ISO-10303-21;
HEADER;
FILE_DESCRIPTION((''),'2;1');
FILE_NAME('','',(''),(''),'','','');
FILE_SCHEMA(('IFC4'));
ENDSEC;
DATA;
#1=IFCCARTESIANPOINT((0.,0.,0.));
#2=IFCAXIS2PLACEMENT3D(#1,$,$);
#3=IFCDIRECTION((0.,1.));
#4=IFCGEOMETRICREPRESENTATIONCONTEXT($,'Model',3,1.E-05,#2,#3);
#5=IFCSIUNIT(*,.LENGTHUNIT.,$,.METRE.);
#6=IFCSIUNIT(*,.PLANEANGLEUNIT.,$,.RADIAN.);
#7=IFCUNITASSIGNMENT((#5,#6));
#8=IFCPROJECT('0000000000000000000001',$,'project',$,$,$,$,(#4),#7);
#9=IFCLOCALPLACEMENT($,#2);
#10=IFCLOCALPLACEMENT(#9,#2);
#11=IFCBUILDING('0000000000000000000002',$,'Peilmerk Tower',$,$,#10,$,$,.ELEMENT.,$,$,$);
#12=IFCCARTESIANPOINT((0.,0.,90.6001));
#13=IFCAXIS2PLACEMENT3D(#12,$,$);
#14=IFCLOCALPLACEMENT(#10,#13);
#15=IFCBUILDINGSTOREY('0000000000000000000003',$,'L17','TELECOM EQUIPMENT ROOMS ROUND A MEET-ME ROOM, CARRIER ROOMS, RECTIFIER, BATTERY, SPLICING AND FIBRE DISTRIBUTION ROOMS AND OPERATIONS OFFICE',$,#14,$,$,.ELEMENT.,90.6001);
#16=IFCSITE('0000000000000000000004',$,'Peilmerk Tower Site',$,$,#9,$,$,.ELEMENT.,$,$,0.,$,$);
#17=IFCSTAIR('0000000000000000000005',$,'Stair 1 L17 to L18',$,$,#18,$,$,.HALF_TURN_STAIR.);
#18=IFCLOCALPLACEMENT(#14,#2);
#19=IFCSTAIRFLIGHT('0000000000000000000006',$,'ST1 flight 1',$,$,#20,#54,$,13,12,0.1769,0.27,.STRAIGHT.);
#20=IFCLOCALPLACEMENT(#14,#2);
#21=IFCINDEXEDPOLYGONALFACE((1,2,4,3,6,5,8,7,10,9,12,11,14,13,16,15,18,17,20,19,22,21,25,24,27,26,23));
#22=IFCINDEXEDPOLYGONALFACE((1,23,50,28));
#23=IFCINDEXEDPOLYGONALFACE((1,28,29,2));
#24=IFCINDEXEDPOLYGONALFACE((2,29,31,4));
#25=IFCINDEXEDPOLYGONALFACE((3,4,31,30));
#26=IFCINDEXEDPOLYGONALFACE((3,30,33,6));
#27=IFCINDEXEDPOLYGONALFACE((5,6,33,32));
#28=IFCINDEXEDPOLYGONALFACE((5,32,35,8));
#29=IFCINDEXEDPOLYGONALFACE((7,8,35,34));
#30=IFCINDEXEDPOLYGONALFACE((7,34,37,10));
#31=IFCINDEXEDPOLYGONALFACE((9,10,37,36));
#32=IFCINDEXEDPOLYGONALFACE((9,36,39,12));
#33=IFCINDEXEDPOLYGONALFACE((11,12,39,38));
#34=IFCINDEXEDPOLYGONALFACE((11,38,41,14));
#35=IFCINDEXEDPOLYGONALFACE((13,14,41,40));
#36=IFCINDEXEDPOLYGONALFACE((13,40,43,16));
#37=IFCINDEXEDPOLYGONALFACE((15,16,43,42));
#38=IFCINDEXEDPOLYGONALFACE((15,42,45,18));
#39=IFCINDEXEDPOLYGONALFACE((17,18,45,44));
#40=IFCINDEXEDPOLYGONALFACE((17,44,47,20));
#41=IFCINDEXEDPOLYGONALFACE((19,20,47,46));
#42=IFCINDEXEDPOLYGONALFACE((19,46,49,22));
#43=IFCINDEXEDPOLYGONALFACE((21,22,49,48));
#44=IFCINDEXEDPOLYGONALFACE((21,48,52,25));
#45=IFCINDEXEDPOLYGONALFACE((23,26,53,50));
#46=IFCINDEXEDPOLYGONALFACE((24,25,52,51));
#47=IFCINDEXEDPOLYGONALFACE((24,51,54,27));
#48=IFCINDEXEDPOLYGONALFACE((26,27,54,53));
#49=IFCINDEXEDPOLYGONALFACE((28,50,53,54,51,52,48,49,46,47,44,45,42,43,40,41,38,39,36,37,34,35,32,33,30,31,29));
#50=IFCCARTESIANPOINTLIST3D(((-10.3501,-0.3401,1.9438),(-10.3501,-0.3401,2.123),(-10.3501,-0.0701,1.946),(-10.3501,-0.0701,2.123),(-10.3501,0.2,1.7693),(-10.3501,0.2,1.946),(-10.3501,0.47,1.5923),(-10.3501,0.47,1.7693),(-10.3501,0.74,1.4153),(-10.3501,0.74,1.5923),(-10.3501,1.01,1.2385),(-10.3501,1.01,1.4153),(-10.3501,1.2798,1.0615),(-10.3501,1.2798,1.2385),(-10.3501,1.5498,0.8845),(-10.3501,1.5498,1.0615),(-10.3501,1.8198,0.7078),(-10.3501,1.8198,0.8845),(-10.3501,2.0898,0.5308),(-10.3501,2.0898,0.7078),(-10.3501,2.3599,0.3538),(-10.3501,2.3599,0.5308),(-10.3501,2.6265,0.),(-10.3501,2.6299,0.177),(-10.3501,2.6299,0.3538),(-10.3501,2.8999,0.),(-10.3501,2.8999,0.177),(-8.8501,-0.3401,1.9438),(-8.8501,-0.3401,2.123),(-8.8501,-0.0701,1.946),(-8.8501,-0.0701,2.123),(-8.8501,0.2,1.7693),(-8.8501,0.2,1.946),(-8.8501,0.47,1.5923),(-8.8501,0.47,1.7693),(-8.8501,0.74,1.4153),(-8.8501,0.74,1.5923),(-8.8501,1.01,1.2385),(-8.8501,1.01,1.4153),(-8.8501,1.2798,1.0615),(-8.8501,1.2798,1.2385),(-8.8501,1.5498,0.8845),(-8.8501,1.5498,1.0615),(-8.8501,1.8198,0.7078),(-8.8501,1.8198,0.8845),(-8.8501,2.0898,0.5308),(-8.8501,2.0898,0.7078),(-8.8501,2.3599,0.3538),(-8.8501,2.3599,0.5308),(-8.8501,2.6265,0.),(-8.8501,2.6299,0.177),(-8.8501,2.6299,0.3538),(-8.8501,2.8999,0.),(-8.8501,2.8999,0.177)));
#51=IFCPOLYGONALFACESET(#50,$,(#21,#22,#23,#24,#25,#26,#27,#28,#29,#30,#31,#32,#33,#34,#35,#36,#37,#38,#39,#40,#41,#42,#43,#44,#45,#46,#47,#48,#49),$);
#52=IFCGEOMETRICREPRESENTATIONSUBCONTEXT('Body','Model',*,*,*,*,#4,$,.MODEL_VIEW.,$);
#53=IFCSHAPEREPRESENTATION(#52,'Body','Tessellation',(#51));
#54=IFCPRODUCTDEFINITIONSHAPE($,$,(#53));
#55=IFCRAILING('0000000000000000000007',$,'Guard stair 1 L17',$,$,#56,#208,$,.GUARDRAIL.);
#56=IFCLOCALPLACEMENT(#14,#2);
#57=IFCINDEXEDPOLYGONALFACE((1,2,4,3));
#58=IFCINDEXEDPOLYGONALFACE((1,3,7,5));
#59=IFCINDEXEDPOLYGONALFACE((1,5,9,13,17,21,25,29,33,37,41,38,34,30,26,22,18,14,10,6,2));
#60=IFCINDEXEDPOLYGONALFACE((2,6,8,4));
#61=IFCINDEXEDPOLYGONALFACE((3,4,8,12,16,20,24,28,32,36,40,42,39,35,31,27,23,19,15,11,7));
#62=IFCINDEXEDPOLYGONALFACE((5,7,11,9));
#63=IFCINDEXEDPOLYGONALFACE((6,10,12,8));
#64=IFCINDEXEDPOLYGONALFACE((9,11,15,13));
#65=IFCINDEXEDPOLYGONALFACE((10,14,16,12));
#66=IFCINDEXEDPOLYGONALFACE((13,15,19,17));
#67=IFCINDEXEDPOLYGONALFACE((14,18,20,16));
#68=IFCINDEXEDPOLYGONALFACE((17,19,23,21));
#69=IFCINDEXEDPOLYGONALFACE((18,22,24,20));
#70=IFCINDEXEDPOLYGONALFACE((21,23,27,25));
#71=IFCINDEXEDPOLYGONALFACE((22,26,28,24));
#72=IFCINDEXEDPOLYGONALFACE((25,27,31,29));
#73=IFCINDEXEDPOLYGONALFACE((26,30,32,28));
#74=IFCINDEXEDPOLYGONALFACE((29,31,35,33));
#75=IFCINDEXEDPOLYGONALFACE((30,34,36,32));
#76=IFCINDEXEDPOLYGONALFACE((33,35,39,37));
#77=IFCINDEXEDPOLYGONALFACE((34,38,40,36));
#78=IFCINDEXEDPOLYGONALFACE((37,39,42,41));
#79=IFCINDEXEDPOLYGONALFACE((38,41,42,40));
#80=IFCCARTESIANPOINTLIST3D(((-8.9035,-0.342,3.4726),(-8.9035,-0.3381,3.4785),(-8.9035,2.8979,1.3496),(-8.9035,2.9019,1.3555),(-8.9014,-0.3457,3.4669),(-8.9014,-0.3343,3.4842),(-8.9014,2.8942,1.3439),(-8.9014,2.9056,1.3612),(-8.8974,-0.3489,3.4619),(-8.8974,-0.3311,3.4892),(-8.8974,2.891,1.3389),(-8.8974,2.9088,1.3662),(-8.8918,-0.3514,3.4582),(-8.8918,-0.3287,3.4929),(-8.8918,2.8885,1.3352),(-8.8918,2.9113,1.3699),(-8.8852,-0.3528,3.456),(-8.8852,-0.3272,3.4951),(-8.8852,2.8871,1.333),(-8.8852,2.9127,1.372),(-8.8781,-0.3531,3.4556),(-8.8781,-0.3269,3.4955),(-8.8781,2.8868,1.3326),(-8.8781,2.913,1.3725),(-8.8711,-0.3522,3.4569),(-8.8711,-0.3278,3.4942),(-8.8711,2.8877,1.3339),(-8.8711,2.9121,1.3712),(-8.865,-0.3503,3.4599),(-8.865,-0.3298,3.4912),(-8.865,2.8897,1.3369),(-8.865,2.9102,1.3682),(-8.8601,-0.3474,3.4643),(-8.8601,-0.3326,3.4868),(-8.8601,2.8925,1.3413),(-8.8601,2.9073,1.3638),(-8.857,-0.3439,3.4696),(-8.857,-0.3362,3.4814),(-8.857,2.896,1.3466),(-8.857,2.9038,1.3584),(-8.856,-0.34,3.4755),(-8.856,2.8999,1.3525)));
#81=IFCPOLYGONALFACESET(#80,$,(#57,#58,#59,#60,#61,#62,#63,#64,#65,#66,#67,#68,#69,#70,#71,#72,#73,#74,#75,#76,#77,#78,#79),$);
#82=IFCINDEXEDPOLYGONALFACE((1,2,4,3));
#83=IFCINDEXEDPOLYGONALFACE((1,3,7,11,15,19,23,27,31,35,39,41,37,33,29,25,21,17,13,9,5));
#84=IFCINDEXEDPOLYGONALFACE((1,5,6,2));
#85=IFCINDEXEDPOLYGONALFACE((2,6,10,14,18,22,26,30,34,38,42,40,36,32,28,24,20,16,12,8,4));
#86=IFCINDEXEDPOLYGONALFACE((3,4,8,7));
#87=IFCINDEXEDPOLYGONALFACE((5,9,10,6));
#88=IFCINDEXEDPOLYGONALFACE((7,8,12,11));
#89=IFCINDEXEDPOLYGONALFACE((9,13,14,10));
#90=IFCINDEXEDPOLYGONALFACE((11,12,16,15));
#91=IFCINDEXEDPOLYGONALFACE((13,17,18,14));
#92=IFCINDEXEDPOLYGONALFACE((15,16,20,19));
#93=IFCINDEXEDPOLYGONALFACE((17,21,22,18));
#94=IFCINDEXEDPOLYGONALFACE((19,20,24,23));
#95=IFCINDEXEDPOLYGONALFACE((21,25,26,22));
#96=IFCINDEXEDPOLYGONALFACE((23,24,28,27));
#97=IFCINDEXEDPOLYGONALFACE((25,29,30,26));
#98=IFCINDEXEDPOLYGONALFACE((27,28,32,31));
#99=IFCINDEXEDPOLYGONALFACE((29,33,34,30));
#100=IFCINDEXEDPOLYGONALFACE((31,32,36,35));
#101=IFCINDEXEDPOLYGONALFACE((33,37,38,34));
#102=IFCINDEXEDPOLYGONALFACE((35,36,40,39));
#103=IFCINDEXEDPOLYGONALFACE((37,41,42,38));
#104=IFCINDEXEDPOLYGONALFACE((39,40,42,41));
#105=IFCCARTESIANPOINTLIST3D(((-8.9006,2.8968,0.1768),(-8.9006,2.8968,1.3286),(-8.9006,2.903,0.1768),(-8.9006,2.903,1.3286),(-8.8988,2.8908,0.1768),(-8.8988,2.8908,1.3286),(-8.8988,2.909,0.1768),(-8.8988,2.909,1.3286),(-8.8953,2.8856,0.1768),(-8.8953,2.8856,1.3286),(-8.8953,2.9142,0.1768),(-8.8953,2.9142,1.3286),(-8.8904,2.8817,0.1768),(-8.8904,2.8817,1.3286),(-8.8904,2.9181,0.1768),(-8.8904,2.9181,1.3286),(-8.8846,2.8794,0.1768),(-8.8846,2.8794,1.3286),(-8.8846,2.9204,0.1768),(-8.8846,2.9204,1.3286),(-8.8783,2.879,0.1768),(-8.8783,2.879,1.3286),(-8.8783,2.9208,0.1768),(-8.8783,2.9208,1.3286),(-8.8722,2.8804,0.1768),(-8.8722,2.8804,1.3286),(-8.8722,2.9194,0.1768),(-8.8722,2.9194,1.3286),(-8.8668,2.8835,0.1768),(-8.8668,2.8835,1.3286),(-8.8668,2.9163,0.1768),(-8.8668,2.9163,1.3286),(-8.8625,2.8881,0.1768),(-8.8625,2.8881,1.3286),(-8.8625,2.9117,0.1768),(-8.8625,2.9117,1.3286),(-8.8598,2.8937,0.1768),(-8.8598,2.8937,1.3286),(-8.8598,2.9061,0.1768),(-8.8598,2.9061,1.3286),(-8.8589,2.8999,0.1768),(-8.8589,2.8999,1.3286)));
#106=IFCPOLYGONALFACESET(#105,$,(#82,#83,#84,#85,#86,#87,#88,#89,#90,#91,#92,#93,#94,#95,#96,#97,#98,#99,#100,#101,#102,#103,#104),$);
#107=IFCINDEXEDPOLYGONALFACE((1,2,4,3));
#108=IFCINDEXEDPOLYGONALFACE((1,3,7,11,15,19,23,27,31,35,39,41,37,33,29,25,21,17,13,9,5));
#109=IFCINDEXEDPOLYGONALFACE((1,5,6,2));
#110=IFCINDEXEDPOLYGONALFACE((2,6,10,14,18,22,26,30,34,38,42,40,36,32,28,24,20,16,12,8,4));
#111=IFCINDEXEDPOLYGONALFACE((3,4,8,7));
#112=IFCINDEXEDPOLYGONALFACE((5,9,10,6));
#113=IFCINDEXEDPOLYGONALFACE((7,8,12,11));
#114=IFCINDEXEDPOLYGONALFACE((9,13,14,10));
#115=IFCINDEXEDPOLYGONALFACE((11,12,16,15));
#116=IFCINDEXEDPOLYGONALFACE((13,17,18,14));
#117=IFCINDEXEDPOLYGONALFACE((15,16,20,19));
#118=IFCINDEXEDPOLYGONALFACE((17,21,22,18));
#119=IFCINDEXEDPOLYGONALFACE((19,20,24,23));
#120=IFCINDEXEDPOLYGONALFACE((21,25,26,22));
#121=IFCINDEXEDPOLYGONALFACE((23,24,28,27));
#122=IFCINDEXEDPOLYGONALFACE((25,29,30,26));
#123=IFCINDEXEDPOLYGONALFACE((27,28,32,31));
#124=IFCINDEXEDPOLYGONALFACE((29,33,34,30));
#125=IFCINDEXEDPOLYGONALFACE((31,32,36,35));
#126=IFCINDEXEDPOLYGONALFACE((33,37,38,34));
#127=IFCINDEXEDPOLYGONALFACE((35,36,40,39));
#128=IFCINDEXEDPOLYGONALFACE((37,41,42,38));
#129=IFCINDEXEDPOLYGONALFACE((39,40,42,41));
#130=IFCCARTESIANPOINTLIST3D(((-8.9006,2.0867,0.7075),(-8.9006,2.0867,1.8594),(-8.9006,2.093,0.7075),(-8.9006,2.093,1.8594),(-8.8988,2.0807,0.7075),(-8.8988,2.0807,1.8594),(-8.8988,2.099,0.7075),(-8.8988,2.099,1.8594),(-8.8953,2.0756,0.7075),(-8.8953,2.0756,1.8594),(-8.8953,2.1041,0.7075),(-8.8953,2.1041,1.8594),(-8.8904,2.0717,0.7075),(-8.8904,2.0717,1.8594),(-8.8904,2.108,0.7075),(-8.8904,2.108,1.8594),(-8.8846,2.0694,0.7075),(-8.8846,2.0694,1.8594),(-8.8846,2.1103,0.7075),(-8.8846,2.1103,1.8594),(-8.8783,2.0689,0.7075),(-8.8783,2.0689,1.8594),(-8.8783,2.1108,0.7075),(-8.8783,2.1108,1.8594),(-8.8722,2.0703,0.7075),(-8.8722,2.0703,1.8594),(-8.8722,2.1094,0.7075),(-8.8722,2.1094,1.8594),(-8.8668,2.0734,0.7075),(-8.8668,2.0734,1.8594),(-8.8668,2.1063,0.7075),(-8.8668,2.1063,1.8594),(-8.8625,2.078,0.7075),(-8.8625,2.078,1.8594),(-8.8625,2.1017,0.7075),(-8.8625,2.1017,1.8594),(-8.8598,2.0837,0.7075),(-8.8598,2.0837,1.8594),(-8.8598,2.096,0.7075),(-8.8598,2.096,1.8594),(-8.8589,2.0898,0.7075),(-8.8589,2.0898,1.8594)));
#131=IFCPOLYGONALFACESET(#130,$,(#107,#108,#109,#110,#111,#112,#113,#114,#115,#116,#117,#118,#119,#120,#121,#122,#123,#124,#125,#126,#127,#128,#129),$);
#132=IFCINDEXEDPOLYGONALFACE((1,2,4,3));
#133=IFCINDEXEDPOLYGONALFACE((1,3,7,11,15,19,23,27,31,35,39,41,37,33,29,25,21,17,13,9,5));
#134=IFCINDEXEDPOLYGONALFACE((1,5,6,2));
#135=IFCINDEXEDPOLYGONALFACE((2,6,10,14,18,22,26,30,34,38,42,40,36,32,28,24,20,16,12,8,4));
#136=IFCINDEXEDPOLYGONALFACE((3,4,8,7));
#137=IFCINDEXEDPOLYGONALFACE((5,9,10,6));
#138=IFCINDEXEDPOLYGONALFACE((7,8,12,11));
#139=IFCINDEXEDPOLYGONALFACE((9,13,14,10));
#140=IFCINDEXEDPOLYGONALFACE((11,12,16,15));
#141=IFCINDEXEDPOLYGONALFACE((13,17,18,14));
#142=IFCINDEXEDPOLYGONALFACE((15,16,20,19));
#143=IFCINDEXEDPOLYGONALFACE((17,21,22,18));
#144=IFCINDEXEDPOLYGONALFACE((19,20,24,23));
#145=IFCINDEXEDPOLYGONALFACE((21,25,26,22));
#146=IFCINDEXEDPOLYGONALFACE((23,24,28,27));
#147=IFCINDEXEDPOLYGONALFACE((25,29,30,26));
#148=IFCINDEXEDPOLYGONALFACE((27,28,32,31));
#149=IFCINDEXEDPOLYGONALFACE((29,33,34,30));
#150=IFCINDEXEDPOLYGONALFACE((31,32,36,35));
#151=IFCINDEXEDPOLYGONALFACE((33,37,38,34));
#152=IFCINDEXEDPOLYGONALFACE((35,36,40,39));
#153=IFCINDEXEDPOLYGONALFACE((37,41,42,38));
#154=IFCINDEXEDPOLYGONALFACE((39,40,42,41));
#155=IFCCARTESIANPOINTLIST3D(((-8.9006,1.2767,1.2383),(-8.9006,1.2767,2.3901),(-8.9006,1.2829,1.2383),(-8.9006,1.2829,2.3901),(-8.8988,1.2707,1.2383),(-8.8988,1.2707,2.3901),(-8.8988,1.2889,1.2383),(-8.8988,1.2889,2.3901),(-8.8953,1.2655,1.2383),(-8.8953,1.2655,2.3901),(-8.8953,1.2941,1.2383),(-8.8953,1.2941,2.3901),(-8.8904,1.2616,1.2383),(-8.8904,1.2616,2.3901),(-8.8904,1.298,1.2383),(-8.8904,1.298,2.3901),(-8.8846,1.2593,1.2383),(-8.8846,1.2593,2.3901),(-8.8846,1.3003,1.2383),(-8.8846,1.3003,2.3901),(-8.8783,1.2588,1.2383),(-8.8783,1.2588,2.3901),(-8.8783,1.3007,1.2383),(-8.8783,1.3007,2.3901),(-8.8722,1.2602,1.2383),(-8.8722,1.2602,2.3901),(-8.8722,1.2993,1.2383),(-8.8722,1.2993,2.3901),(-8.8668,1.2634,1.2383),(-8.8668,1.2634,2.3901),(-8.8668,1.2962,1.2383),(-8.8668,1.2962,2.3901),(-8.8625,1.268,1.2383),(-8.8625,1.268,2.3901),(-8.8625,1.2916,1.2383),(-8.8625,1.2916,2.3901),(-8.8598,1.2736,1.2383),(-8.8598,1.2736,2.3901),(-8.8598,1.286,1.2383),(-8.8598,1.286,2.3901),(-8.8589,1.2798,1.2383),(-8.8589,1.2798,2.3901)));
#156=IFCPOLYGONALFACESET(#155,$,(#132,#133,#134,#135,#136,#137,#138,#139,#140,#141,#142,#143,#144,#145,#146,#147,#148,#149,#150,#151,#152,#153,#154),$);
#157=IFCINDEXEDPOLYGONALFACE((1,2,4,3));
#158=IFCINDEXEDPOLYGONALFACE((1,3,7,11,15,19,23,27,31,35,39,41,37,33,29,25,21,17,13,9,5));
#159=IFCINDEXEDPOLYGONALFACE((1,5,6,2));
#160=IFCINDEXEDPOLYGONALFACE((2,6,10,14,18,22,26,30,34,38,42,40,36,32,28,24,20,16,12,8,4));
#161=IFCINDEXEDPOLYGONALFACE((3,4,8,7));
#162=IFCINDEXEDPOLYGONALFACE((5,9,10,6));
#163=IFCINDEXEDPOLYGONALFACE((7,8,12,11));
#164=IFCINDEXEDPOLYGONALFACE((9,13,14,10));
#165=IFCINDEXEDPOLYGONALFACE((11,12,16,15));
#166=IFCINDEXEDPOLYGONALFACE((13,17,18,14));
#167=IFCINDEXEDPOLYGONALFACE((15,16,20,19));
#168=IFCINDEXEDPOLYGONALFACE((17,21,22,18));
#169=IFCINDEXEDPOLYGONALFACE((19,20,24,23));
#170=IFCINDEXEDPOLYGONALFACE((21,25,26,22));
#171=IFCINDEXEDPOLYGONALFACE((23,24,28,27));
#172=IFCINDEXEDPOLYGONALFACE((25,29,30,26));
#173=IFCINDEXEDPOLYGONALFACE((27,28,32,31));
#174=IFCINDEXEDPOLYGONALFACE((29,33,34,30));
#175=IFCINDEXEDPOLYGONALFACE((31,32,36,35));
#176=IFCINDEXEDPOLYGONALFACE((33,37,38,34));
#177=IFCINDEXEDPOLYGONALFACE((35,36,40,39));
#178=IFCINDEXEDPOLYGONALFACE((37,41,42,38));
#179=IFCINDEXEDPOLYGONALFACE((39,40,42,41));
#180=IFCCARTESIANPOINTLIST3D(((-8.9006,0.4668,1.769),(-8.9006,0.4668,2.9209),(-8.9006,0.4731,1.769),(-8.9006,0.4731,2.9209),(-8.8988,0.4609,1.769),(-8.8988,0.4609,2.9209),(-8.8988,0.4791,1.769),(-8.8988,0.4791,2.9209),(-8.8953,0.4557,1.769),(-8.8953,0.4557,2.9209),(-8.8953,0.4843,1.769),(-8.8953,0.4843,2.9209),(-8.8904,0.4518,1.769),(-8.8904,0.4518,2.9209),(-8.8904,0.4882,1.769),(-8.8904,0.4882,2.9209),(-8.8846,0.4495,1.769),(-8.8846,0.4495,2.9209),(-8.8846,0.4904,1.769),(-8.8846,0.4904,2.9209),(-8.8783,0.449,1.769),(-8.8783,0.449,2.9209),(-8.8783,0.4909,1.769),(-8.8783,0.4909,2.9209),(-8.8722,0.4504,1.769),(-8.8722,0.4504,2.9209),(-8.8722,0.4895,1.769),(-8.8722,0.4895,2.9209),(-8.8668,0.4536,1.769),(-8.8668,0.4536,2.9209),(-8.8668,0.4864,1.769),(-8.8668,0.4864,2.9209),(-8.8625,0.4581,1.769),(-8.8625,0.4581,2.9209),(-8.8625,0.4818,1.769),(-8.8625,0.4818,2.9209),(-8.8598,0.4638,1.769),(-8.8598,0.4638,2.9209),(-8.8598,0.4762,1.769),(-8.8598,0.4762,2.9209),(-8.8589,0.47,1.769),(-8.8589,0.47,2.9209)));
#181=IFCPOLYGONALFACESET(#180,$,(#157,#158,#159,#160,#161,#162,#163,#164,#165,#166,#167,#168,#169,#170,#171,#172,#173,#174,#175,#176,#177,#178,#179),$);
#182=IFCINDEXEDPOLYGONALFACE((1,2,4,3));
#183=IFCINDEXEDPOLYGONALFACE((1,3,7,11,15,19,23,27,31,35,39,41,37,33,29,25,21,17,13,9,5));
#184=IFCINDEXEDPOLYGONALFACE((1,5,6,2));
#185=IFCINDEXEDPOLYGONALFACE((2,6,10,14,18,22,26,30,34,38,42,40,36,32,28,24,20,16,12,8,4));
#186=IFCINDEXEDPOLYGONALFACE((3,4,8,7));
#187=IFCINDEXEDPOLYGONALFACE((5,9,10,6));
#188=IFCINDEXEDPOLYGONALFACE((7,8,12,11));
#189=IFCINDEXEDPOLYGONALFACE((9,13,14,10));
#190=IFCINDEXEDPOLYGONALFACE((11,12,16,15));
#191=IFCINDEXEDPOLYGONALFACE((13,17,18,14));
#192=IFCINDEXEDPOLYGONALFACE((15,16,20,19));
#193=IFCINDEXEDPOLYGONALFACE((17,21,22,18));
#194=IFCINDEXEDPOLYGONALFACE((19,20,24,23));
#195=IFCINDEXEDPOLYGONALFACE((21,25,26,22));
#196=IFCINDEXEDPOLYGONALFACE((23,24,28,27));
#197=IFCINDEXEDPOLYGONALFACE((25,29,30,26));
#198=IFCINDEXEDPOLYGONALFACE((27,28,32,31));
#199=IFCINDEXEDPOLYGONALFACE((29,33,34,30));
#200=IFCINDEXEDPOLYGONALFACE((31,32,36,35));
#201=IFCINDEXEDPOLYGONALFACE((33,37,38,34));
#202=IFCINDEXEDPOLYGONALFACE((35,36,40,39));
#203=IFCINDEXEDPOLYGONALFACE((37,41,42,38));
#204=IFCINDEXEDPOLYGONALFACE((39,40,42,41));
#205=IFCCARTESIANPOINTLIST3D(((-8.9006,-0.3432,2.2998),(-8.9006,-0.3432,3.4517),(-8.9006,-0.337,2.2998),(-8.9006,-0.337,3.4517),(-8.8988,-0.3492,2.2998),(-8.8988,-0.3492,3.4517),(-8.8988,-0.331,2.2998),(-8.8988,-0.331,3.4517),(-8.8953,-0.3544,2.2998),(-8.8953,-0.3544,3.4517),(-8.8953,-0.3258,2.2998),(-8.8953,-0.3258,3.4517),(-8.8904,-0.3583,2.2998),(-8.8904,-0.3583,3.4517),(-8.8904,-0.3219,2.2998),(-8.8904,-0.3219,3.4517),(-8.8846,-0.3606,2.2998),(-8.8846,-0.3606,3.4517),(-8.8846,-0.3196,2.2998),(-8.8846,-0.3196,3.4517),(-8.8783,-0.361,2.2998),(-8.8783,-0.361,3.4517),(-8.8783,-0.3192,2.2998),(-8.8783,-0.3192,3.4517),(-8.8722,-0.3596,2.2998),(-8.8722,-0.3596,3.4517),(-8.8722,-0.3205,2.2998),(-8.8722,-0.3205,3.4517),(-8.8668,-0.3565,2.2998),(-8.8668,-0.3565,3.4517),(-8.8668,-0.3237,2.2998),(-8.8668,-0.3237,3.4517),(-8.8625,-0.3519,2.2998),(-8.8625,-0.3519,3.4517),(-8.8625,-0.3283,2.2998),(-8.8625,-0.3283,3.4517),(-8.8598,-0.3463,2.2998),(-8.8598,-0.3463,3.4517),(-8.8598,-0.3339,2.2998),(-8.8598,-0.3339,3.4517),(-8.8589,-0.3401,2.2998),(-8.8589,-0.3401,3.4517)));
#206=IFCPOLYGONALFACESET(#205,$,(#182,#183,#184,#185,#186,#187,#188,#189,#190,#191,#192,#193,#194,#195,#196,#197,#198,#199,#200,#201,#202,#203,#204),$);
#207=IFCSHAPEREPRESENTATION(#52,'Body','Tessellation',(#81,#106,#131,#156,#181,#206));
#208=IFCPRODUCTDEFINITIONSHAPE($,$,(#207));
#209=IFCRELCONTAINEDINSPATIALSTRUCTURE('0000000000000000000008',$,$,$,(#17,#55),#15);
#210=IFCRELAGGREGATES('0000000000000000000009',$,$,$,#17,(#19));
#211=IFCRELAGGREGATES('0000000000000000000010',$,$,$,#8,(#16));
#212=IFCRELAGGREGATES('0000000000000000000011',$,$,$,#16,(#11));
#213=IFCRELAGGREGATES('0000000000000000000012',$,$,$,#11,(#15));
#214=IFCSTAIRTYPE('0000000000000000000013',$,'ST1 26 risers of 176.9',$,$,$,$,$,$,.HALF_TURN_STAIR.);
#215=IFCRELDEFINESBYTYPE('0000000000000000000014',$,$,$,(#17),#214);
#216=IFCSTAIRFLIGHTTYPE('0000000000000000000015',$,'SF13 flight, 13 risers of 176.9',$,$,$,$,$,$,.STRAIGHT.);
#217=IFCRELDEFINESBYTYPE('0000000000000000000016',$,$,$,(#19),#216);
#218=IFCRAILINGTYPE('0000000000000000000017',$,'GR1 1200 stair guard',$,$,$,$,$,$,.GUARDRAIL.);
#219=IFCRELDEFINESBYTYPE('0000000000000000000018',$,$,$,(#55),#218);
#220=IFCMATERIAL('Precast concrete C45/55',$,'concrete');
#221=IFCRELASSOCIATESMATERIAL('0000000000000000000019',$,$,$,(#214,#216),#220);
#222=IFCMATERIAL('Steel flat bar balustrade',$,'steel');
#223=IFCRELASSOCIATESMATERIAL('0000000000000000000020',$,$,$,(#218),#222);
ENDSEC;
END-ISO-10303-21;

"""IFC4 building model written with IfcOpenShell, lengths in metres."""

from ifc_helpers import new_model, si_unit, direction, frame, origin, origin_2d, place, context, subcontext, project, spatial, polyline, circle, outline, extrude, material, type_object, element, aggregate, save


model = new_model("IFC4")

# Units and contexts
model_context = context("Model", 3, precision=1e-05, world=origin(), true_north=direction((0.0, 1.0)))
body_context = subcontext(model_context, "Body", "Model", "MODEL_VIEW")
ifc_project = project(units=[si_unit("LENGTHUNIT", "METRE"), si_unit("PLANEANGLEUNIT", "RADIAN")], contexts=[model_context])

# Site, building, storey
site_placement = place(None, origin())
site = spatial("IfcSite", under=ifc_project, at=site_placement, Name="Peilmerk Tower Site", CompositionType="ELEMENT", RefElevation=0.0)
building_placement = place(site_placement, origin())
building = spatial("IfcBuilding", under=site, at=building_placement, Name="Peilmerk Tower", CompositionType="ELEMENT")
storey_placement = place(building_placement, frame((0.0, 0.0, 90.6001)))
storey = spatial("IfcBuildingStorey", under=building, at=storey_placement, Name="L17", Description="TELECOM EQUIPMENT ROOMS ROUND A MEET-ME ROOM, CARRIER ROOMS, RECTIFIER, BATTERY, SPLICING AND FIBRE DISTRIBUTION ROOMS AND OPERATIONS OFFICE", CompositionType="ELEMENT", Elevation=90.6001)

# Stair, stair flight
ifc_material_1 = material(Name="Precast concrete C45/55", Category="concrete")
stair_type = type_object("IfcStairType", Name="ST1 26 risers of 176.9", PredefinedType="HALF_TURN_STAIR", material=ifc_material_1)
stair_placement = place(storey_placement, origin())
stair = element("IfcStair", 1, at=stair_placement, inside=storey, type_object=stair_type, Name="Stair 1 L17 to L18", PredefinedType="HALF_TURN_STAIR")
stair_flight_type = type_object("IfcStairFlightType", Name="SF13 flight, 13 risers of 176.9", PredefinedType="STRAIGHT", material=ifc_material_1)
stair_flight_placement = place(storey_placement, frame((-9.6001, 2.8999, 0.0), z_axis=(0.0, 0.0, 1.0), x_axis=(0.0, -1.0, 0.0)))
stair_flight = element("IfcStairFlight", 2, at=stair_flight_placement, type_object=stair_flight_type, Name="ST1 flight 1", NumberOfRisers=13, NumberOfTreads=12, PredefinedType="STRAIGHT", RiserHeight=0.1769, TreadLength=0.27, context=body_context, shape_type="SweptSolid", body=[
    extrude(outline(polyline([(0.0, 0.0), (0.0, 0.177), (0.27, 0.177), (0.27, 0.3538), (0.54, 0.3538), (0.54, 0.5308), (0.8101, 0.5308), (0.8101, 0.7078), (1.0801, 0.7078), (1.0801, 0.8845), (1.3501, 0.8845), (1.3501, 1.0615), (1.6201, 1.0615), (1.6201, 1.2385), (1.8899, 1.2385), (1.8899, 1.4153), (2.1599, 1.4153), (2.1599, 1.5923), (2.4299, 1.5923), (2.4299, 1.7693), (2.7, 1.7693), (2.7, 1.946), (2.97, 1.946), (2.97, 2.123), (3.24, 2.123), (3.24, 2.3), (3.24, 1.9438), (0.2734, 0.0), (0.0, 0.0)])), frame((0.0, 0.75, 0.0), z_axis=(0.0, -1.0, 0.0), x_axis=(1.0, 0.0, 0.0)), (0.0, 0.0, 1.0), 1.5),
])
aggregate(stair, [stair_flight])

# Railing
ifc_material_2 = material(Name="Steel flat bar balustrade", Category="steel")
railing_type_1 = type_object("IfcRailingType", Name="GR1 1200 stair guard", PredefinedType="GUARDRAIL", material=ifc_material_2)
railing_1_placement = place(storey_placement, frame((-8.8799, 2.8999, 0.1768)))
element("IfcRailing", 3, at=railing_1_placement, inside=storey, type_object=railing_type_1, Name="Guard stair 1 L17", PredefinedType="GUARDRAIL", context=body_context, shape_type="SweptSolid", body=[
    extrude(circle(Radius=0.0239, at=origin_2d()), frame((0.0, 0.0, 1.1758), z_axis=(0.0, -0.836426, 0.548079), x_axis=(1.0, 0.0, 0.0)), (0.0, 0.0, 1.0), 3.8735),
    extrude(circle(Radius=0.021, at=origin_2d()), origin(), (0.0, 0.0, 1.0), 1.1519),
    extrude(circle(Radius=0.021, at=origin_2d()), frame((0.0, -0.8101, 0.5308)), (0.0, 0.0, 1.0), 1.1519),
    extrude(circle(Radius=0.021, at=origin_2d()), frame((0.0, -1.6201, 1.0615)), (0.0, 0.0, 1.0), 1.1519),
    extrude(circle(Radius=0.021, at=origin_2d()), frame((0.0, -2.4299, 1.5923)), (0.0, 0.0, 1.0), 1.1519),
    extrude(circle(Radius=0.021, at=origin_2d()), frame((0.0, -3.24, 2.123)), (0.0, 0.0, 1.0), 1.1519),
])

save(model, "model.ifc")
